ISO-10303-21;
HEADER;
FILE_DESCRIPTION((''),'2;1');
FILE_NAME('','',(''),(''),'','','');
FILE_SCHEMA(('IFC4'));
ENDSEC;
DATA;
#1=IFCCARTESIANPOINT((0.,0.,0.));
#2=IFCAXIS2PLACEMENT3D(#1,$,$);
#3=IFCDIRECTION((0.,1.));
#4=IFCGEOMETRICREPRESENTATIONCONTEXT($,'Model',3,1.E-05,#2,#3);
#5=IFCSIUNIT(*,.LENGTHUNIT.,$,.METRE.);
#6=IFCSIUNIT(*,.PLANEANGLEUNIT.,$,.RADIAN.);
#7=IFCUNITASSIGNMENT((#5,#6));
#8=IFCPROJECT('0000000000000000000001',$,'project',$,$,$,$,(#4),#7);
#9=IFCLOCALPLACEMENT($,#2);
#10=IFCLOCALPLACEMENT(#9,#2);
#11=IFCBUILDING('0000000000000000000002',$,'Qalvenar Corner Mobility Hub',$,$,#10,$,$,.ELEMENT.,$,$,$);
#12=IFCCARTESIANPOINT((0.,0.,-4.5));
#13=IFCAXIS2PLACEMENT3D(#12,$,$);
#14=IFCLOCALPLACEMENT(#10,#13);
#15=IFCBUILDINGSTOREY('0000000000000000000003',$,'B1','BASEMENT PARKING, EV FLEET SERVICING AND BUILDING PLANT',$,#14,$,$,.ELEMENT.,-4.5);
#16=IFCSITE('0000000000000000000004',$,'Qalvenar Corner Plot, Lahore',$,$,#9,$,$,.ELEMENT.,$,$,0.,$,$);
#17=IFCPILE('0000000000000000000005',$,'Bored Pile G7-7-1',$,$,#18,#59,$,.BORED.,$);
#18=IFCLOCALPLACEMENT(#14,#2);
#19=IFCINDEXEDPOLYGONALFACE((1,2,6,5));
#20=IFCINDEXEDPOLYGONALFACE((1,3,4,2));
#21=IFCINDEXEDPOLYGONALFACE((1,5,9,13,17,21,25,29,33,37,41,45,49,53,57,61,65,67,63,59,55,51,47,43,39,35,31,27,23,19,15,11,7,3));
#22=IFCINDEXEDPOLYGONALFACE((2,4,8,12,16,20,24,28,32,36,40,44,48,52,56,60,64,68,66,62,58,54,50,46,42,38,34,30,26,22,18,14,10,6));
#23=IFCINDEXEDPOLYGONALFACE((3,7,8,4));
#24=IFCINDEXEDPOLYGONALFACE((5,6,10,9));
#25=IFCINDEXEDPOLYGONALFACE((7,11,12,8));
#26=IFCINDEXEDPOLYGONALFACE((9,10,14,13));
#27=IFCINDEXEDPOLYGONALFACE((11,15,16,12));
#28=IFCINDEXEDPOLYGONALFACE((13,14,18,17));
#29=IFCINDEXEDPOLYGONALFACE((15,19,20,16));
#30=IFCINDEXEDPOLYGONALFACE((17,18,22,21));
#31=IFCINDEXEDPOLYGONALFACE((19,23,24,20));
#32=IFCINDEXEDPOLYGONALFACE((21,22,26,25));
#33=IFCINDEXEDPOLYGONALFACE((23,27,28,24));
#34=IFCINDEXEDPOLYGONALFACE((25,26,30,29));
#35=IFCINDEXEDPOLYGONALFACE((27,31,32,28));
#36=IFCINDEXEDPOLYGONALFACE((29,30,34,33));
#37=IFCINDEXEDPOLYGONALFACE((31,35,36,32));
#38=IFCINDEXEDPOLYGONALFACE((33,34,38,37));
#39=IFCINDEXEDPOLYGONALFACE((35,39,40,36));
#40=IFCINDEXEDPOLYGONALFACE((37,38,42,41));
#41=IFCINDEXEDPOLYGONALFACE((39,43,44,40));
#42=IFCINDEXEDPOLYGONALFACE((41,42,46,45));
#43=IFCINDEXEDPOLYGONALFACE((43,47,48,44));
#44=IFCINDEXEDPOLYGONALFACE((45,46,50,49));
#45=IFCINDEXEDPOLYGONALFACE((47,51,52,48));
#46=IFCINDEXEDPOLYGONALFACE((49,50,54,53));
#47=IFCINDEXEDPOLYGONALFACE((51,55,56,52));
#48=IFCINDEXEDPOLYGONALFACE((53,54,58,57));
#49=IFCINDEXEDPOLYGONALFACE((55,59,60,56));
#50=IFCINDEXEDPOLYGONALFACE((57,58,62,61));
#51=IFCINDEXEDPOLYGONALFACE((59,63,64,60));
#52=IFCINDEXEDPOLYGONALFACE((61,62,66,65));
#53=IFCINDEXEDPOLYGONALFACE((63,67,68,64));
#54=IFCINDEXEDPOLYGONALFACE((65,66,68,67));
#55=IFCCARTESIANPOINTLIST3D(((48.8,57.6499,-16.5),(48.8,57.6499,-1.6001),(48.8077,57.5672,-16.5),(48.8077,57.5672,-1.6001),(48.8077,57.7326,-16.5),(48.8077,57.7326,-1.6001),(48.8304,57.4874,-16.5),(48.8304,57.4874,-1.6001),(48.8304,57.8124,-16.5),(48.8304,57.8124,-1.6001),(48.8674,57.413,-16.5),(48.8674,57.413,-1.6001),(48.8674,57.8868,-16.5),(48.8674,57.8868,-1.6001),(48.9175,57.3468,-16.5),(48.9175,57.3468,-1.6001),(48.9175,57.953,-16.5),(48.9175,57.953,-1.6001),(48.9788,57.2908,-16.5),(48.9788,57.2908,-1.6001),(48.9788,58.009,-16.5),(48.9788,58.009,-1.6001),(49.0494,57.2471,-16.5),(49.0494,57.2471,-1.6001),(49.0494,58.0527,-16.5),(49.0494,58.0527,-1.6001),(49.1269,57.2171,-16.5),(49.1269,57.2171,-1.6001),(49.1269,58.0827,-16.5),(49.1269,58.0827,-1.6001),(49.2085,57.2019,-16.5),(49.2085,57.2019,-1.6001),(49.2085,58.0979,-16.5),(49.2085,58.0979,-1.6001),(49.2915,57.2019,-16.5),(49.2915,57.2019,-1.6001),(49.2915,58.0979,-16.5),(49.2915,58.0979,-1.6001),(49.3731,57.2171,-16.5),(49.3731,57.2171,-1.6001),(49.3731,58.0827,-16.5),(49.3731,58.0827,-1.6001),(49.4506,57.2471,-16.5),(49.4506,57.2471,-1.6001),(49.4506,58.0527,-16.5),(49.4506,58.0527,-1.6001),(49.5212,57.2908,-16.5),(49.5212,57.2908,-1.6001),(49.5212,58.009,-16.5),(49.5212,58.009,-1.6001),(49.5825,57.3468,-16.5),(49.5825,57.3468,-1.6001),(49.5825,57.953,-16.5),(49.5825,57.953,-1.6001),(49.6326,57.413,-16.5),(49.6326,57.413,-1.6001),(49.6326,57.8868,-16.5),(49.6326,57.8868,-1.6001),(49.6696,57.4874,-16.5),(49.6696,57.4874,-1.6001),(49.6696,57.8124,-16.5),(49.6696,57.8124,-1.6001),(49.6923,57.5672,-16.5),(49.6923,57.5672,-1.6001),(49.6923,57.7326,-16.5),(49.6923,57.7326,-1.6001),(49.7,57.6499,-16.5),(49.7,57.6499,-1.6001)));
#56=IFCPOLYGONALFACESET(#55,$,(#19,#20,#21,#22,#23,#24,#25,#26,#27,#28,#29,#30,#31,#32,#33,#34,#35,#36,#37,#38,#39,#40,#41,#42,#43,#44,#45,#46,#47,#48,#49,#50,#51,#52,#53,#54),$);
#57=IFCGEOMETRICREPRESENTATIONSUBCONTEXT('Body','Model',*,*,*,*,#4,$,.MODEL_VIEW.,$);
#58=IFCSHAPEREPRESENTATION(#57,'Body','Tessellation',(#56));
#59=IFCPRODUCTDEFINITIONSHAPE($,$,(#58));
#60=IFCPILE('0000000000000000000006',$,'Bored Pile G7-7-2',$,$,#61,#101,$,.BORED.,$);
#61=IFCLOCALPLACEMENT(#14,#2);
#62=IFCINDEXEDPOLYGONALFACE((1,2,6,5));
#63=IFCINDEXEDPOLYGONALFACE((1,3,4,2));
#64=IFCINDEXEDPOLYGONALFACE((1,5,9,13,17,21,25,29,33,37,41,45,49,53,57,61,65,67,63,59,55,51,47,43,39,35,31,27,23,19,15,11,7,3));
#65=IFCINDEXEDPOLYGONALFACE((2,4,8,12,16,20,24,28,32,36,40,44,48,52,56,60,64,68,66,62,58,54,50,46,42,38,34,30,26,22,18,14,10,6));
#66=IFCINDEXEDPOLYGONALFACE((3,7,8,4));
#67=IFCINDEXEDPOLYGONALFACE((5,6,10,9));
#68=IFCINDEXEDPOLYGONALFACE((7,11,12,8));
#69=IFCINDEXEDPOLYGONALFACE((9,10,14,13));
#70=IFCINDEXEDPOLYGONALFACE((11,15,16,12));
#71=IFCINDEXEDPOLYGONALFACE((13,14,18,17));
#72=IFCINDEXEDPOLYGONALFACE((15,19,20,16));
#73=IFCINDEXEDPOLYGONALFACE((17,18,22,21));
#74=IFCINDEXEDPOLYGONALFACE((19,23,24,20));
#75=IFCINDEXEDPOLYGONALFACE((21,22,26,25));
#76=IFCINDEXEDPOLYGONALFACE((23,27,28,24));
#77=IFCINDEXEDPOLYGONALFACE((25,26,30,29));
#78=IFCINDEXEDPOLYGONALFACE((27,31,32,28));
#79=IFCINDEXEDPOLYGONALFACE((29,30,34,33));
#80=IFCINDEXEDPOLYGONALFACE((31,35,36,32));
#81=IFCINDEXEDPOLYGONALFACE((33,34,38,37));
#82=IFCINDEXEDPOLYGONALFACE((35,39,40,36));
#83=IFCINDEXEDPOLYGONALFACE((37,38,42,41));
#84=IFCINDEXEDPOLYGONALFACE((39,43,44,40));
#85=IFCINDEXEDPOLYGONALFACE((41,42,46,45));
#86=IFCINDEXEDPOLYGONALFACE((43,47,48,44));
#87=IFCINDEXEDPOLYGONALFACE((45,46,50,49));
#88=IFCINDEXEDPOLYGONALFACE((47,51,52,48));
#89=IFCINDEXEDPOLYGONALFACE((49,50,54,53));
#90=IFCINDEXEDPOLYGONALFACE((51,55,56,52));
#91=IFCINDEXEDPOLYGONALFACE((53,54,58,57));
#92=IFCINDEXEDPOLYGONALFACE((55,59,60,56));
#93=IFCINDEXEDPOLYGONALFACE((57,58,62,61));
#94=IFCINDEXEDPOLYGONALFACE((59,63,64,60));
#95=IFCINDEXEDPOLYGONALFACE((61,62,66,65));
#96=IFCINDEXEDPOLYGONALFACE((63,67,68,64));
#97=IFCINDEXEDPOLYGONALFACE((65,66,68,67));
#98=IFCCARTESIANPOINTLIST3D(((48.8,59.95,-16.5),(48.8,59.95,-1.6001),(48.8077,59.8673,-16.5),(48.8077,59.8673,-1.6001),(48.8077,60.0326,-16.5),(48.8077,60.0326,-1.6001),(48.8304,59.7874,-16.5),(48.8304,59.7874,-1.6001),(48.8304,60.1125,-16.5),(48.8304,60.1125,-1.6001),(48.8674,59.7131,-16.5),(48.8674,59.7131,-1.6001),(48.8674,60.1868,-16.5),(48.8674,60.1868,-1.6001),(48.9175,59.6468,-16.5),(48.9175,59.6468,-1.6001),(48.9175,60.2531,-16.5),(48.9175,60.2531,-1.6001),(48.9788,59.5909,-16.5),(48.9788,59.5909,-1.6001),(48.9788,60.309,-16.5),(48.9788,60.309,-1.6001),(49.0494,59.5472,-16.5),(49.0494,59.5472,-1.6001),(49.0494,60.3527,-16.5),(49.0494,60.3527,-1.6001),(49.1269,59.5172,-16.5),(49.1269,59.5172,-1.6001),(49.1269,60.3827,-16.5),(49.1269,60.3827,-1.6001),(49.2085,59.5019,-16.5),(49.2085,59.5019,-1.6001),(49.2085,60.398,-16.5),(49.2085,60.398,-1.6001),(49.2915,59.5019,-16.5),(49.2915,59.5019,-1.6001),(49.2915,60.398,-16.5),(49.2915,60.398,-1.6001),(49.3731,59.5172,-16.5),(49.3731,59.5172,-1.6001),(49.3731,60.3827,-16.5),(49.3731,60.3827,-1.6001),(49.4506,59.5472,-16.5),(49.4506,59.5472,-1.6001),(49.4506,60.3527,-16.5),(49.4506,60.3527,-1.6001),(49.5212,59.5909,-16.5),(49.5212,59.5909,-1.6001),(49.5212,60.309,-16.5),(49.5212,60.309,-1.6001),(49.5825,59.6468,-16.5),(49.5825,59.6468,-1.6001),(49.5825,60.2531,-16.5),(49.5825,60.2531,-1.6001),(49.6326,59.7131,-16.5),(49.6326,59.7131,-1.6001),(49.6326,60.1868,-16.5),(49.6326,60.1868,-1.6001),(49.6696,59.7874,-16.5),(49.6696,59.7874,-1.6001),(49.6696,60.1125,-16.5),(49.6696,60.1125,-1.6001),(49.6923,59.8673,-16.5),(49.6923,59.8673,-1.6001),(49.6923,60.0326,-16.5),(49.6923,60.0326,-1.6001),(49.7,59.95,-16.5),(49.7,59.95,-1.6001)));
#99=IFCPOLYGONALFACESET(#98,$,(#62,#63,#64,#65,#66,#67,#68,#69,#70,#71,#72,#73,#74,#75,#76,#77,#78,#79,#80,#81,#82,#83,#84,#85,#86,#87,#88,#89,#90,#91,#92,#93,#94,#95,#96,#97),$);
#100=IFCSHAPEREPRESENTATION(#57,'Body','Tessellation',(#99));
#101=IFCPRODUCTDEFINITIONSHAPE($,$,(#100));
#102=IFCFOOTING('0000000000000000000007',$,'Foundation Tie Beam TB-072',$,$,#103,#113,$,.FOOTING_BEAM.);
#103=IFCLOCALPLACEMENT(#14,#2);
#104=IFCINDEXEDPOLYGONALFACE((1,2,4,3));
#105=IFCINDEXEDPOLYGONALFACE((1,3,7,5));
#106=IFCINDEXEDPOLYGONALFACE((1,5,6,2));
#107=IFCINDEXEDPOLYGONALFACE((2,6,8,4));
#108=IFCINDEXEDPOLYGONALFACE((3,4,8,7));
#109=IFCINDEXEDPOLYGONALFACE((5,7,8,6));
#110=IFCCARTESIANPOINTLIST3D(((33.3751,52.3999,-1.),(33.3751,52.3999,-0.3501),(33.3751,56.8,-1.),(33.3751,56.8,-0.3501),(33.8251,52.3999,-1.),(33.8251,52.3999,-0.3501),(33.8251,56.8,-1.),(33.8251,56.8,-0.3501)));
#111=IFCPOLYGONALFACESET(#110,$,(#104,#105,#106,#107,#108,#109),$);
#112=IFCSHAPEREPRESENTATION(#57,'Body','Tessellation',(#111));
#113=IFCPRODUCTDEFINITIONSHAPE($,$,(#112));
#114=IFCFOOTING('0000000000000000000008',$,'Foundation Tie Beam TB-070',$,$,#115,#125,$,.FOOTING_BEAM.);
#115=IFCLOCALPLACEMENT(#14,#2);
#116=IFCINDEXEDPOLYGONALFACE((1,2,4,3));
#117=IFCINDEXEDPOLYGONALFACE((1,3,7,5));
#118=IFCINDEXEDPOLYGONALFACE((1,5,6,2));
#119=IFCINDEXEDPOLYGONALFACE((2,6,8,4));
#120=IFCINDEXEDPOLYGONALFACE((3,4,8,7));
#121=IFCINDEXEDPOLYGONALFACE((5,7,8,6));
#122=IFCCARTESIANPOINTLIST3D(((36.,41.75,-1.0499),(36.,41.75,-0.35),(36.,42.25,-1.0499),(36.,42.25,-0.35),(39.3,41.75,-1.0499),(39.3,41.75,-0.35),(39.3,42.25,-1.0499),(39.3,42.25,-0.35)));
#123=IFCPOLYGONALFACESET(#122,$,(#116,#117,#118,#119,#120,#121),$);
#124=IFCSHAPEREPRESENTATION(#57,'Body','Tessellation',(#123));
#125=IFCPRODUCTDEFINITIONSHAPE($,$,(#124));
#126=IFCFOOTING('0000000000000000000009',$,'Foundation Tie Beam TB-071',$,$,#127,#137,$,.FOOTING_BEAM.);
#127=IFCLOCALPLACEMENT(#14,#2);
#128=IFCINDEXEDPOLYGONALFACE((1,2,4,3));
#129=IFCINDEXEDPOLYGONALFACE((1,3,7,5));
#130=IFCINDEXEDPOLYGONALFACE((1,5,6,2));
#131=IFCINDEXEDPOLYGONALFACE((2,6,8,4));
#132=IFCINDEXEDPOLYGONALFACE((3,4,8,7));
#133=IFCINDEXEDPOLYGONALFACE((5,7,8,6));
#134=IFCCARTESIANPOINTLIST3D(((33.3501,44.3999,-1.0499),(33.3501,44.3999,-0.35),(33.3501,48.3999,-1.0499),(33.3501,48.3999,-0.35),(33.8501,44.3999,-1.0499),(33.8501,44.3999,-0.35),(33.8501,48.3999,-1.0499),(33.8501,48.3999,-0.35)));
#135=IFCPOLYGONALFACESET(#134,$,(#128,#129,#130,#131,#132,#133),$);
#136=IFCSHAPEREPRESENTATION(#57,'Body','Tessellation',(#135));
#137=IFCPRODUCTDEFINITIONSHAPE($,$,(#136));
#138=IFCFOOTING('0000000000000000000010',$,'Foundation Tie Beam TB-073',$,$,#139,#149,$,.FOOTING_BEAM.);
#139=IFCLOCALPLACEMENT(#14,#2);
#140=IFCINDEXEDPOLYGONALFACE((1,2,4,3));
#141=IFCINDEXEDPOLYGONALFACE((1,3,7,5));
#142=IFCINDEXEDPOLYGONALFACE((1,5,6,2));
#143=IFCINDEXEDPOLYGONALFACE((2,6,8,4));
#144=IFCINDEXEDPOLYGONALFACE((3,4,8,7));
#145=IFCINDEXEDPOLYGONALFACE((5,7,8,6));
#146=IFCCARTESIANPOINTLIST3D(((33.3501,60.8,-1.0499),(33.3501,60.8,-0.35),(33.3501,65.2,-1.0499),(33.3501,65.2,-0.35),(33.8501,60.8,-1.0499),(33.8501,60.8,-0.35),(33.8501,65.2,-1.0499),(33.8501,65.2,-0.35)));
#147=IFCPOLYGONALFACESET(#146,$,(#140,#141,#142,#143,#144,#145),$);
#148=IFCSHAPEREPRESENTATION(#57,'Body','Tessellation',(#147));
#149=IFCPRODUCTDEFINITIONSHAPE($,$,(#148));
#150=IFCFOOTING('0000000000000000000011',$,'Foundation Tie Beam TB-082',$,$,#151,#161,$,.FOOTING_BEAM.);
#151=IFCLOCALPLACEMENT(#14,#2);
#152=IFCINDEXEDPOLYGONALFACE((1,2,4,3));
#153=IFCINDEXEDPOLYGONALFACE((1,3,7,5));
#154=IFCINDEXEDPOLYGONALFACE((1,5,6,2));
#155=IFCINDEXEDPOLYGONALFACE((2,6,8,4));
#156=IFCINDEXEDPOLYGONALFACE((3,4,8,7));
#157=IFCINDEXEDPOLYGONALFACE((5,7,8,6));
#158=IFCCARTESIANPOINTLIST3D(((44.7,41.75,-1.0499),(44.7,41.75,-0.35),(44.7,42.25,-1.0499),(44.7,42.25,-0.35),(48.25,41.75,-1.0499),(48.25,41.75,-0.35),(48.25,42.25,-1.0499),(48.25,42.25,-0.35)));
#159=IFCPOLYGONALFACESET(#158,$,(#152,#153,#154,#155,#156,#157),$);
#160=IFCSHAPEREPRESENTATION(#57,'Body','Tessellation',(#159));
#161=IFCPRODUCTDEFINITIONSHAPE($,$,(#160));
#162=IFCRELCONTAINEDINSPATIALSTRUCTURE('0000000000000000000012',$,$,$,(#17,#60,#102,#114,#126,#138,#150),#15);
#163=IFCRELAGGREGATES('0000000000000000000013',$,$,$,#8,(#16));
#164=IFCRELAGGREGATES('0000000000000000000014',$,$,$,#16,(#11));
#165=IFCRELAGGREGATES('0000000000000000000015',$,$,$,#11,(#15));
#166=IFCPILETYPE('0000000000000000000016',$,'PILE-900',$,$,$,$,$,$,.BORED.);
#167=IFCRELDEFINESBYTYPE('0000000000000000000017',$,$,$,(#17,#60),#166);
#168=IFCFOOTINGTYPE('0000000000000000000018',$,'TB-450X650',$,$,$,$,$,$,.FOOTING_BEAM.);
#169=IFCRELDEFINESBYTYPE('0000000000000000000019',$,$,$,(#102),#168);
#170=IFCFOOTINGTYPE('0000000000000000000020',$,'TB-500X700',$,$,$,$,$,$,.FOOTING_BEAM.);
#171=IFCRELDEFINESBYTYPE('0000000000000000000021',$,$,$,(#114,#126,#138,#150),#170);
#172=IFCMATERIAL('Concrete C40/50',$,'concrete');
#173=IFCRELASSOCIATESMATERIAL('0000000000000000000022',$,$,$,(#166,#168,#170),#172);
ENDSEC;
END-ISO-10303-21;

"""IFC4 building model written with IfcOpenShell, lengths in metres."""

from ifc_helpers import new_model, si_unit, direction, frame, origin, origin_2d, place, context, subcontext, project, spatial, rectangle, circle, extrude, material, material_profile, profile_set, type_object, element, save


model = new_model("IFC4")

# Units and contexts
model_context = context("Model", 3, precision=1e-05, world=origin(), true_north=direction((0.0, 1.0)))
body_context = subcontext(model_context, "Body", "Model", "MODEL_VIEW")
ifc_project = project(units=[si_unit("LENGTHUNIT", "METRE"), si_unit("PLANEANGLEUNIT", "RADIAN")], contexts=[model_context])

# Site, building, storey
site_placement = place(None, origin())
site = spatial("IfcSite", under=ifc_project, at=site_placement, Name="Qalvenar Corner Plot, Lahore", CompositionType="ELEMENT", RefElevation=0.0)
building_placement = place(site_placement, origin())
building = spatial("IfcBuilding", under=site, at=building_placement, Name="Qalvenar Corner Mobility Hub", CompositionType="ELEMENT")
storey_placement = place(building_placement, frame((0.0, 0.0, -4.5)))
storey = spatial("IfcBuildingStorey", under=building, at=storey_placement, Name="B1", Description="BASEMENT PARKING, EV FLEET SERVICING AND BUILDING PLANT", CompositionType="ELEMENT", Elevation=-4.5)

# Shared definitions
ifc_material_1 = material(Name="Concrete C40/50", Category="concrete")

# Piles
ifc_material_profile_1 = material_profile(ifc_material_1, circle(Radius=0.45, at=origin_2d()), Name="DIA900")
ifc_profile_set_1 = profile_set([ifc_material_profile_1], Name="Concrete C40/50")
pile_type_1 = type_object("IfcPileType", Name="PILE-900", PredefinedType="BORED", material=ifc_profile_set_1)
for number, where, z_axis, x_axis, name in (
    (1, (49.25, 57.6499, -1.6001), (0.0, 0.0, -1.0), (1.0, 0.0, 0.0), "Bored Pile G7-7-1"),
    (2, (49.25, 59.95, -1.6001), (0.0, 0.0, -1.0), (1.0, 0.0, 0.0), "Bored Pile G7-7-2"),
):
    element("IfcPile", number, at=place(storey_placement, frame(where, z_axis=z_axis, x_axis=x_axis)), inside=storey, type_object=pile_type_1, Name=name, PredefinedType="BORED", context=body_context, shape_type="SweptSolid", body=[
        extrude(circle(Radius=0.45, at=origin_2d()), origin(), (0.0, 0.0, 1.0), 14.8999),
    ])

# Footings
ifc_material_profile_2 = material_profile(ifc_material_1, rectangle(XDim=0.45, YDim=0.6499, at=origin_2d()), Name="RC450x650")
ifc_profile_set_2 = profile_set([ifc_material_profile_2], Name="Concrete C40/50")
footing_type_1 = type_object("IfcFootingType", Name="TB-450X650", PredefinedType="FOOTING_BEAM", material=ifc_profile_set_2)
footing_1_placement = place(storey_placement, frame((33.6001, 52.3999, -0.675), z_axis=(0.0, 1.0, 0.0), x_axis=(-1.0, 0.0, 0.0)))
element("IfcFooting", 3, at=footing_1_placement, inside=storey, type_object=footing_type_1, Name="Foundation Tie Beam TB-072", PredefinedType="FOOTING_BEAM", context=body_context, shape_type="SweptSolid", body=[
    extrude(rectangle(XDim=0.45, YDim=0.6499, at=origin_2d()), origin(), (0.0, 0.0, 1.0), 4.4001),
])
ifc_material_profile_3 = material_profile(ifc_material_1, rectangle(XDim=0.5, YDim=0.7, at=origin_2d()), Name="RC500x700")
ifc_profile_set_3 = profile_set([ifc_material_profile_3], Name="Concrete C40/50")
footing_type_2 = type_object("IfcFootingType", Name="TB-500X700", PredefinedType="FOOTING_BEAM", material=ifc_profile_set_3)
footing_2_placement = place(storey_placement, frame((36.0, 42.0, -0.7), z_axis=(1.0, 0.0, 0.0), x_axis=(0.0, 1.0, 0.0)))
element("IfcFooting", 4, at=footing_2_placement, inside=storey, type_object=footing_type_2, Name="Foundation Tie Beam TB-070", PredefinedType="FOOTING_BEAM", context=body_context, shape_type="SweptSolid", body=[
    extrude(rectangle(XDim=0.5, YDim=0.7, at=origin_2d()), origin(), (0.0, 0.0, 1.0), 3.3),
])
footing_3_placement = place(storey_placement, frame((33.6001, 44.3999, -0.7), z_axis=(0.0, 1.0, 0.0), x_axis=(-1.0, 0.0, 0.0)))
element("IfcFooting", 5, at=footing_3_placement, inside=storey, type_object=footing_type_2, Name="Foundation Tie Beam TB-071", PredefinedType="FOOTING_BEAM", context=body_context, shape_type="SweptSolid", body=[
    extrude(rectangle(XDim=0.5, YDim=0.7, at=origin_2d()), origin(), (0.0, 0.0, 1.0), 4.0),
])
footing_4_placement = place(storey_placement, frame((33.6001, 60.8, -0.7), z_axis=(0.0, 1.0, 0.0), x_axis=(-1.0, 0.0, 0.0)))
element("IfcFooting", 6, at=footing_4_placement, inside=storey, type_object=footing_type_2, Name="Foundation Tie Beam TB-073", PredefinedType="FOOTING_BEAM", context=body_context, shape_type="SweptSolid", body=[
    extrude(rectangle(XDim=0.5, YDim=0.7, at=origin_2d()), origin(), (0.0, 0.0, 1.0), 4.3999),
])
footing_5_placement = place(storey_placement, frame((44.7, 42.0, -0.7), z_axis=(1.0, 0.0, 0.0), x_axis=(0.0, 1.0, 0.0)))
element("IfcFooting", 7, at=footing_5_placement, inside=storey, type_object=footing_type_2, Name="Foundation Tie Beam TB-082", PredefinedType="FOOTING_BEAM", context=body_context, shape_type="SweptSolid", body=[
    extrude(rectangle(XDim=0.5, YDim=0.7, at=origin_2d()), origin(), (0.0, 0.0, 1.0), 3.55),
])

save(model, "model.ifc")
